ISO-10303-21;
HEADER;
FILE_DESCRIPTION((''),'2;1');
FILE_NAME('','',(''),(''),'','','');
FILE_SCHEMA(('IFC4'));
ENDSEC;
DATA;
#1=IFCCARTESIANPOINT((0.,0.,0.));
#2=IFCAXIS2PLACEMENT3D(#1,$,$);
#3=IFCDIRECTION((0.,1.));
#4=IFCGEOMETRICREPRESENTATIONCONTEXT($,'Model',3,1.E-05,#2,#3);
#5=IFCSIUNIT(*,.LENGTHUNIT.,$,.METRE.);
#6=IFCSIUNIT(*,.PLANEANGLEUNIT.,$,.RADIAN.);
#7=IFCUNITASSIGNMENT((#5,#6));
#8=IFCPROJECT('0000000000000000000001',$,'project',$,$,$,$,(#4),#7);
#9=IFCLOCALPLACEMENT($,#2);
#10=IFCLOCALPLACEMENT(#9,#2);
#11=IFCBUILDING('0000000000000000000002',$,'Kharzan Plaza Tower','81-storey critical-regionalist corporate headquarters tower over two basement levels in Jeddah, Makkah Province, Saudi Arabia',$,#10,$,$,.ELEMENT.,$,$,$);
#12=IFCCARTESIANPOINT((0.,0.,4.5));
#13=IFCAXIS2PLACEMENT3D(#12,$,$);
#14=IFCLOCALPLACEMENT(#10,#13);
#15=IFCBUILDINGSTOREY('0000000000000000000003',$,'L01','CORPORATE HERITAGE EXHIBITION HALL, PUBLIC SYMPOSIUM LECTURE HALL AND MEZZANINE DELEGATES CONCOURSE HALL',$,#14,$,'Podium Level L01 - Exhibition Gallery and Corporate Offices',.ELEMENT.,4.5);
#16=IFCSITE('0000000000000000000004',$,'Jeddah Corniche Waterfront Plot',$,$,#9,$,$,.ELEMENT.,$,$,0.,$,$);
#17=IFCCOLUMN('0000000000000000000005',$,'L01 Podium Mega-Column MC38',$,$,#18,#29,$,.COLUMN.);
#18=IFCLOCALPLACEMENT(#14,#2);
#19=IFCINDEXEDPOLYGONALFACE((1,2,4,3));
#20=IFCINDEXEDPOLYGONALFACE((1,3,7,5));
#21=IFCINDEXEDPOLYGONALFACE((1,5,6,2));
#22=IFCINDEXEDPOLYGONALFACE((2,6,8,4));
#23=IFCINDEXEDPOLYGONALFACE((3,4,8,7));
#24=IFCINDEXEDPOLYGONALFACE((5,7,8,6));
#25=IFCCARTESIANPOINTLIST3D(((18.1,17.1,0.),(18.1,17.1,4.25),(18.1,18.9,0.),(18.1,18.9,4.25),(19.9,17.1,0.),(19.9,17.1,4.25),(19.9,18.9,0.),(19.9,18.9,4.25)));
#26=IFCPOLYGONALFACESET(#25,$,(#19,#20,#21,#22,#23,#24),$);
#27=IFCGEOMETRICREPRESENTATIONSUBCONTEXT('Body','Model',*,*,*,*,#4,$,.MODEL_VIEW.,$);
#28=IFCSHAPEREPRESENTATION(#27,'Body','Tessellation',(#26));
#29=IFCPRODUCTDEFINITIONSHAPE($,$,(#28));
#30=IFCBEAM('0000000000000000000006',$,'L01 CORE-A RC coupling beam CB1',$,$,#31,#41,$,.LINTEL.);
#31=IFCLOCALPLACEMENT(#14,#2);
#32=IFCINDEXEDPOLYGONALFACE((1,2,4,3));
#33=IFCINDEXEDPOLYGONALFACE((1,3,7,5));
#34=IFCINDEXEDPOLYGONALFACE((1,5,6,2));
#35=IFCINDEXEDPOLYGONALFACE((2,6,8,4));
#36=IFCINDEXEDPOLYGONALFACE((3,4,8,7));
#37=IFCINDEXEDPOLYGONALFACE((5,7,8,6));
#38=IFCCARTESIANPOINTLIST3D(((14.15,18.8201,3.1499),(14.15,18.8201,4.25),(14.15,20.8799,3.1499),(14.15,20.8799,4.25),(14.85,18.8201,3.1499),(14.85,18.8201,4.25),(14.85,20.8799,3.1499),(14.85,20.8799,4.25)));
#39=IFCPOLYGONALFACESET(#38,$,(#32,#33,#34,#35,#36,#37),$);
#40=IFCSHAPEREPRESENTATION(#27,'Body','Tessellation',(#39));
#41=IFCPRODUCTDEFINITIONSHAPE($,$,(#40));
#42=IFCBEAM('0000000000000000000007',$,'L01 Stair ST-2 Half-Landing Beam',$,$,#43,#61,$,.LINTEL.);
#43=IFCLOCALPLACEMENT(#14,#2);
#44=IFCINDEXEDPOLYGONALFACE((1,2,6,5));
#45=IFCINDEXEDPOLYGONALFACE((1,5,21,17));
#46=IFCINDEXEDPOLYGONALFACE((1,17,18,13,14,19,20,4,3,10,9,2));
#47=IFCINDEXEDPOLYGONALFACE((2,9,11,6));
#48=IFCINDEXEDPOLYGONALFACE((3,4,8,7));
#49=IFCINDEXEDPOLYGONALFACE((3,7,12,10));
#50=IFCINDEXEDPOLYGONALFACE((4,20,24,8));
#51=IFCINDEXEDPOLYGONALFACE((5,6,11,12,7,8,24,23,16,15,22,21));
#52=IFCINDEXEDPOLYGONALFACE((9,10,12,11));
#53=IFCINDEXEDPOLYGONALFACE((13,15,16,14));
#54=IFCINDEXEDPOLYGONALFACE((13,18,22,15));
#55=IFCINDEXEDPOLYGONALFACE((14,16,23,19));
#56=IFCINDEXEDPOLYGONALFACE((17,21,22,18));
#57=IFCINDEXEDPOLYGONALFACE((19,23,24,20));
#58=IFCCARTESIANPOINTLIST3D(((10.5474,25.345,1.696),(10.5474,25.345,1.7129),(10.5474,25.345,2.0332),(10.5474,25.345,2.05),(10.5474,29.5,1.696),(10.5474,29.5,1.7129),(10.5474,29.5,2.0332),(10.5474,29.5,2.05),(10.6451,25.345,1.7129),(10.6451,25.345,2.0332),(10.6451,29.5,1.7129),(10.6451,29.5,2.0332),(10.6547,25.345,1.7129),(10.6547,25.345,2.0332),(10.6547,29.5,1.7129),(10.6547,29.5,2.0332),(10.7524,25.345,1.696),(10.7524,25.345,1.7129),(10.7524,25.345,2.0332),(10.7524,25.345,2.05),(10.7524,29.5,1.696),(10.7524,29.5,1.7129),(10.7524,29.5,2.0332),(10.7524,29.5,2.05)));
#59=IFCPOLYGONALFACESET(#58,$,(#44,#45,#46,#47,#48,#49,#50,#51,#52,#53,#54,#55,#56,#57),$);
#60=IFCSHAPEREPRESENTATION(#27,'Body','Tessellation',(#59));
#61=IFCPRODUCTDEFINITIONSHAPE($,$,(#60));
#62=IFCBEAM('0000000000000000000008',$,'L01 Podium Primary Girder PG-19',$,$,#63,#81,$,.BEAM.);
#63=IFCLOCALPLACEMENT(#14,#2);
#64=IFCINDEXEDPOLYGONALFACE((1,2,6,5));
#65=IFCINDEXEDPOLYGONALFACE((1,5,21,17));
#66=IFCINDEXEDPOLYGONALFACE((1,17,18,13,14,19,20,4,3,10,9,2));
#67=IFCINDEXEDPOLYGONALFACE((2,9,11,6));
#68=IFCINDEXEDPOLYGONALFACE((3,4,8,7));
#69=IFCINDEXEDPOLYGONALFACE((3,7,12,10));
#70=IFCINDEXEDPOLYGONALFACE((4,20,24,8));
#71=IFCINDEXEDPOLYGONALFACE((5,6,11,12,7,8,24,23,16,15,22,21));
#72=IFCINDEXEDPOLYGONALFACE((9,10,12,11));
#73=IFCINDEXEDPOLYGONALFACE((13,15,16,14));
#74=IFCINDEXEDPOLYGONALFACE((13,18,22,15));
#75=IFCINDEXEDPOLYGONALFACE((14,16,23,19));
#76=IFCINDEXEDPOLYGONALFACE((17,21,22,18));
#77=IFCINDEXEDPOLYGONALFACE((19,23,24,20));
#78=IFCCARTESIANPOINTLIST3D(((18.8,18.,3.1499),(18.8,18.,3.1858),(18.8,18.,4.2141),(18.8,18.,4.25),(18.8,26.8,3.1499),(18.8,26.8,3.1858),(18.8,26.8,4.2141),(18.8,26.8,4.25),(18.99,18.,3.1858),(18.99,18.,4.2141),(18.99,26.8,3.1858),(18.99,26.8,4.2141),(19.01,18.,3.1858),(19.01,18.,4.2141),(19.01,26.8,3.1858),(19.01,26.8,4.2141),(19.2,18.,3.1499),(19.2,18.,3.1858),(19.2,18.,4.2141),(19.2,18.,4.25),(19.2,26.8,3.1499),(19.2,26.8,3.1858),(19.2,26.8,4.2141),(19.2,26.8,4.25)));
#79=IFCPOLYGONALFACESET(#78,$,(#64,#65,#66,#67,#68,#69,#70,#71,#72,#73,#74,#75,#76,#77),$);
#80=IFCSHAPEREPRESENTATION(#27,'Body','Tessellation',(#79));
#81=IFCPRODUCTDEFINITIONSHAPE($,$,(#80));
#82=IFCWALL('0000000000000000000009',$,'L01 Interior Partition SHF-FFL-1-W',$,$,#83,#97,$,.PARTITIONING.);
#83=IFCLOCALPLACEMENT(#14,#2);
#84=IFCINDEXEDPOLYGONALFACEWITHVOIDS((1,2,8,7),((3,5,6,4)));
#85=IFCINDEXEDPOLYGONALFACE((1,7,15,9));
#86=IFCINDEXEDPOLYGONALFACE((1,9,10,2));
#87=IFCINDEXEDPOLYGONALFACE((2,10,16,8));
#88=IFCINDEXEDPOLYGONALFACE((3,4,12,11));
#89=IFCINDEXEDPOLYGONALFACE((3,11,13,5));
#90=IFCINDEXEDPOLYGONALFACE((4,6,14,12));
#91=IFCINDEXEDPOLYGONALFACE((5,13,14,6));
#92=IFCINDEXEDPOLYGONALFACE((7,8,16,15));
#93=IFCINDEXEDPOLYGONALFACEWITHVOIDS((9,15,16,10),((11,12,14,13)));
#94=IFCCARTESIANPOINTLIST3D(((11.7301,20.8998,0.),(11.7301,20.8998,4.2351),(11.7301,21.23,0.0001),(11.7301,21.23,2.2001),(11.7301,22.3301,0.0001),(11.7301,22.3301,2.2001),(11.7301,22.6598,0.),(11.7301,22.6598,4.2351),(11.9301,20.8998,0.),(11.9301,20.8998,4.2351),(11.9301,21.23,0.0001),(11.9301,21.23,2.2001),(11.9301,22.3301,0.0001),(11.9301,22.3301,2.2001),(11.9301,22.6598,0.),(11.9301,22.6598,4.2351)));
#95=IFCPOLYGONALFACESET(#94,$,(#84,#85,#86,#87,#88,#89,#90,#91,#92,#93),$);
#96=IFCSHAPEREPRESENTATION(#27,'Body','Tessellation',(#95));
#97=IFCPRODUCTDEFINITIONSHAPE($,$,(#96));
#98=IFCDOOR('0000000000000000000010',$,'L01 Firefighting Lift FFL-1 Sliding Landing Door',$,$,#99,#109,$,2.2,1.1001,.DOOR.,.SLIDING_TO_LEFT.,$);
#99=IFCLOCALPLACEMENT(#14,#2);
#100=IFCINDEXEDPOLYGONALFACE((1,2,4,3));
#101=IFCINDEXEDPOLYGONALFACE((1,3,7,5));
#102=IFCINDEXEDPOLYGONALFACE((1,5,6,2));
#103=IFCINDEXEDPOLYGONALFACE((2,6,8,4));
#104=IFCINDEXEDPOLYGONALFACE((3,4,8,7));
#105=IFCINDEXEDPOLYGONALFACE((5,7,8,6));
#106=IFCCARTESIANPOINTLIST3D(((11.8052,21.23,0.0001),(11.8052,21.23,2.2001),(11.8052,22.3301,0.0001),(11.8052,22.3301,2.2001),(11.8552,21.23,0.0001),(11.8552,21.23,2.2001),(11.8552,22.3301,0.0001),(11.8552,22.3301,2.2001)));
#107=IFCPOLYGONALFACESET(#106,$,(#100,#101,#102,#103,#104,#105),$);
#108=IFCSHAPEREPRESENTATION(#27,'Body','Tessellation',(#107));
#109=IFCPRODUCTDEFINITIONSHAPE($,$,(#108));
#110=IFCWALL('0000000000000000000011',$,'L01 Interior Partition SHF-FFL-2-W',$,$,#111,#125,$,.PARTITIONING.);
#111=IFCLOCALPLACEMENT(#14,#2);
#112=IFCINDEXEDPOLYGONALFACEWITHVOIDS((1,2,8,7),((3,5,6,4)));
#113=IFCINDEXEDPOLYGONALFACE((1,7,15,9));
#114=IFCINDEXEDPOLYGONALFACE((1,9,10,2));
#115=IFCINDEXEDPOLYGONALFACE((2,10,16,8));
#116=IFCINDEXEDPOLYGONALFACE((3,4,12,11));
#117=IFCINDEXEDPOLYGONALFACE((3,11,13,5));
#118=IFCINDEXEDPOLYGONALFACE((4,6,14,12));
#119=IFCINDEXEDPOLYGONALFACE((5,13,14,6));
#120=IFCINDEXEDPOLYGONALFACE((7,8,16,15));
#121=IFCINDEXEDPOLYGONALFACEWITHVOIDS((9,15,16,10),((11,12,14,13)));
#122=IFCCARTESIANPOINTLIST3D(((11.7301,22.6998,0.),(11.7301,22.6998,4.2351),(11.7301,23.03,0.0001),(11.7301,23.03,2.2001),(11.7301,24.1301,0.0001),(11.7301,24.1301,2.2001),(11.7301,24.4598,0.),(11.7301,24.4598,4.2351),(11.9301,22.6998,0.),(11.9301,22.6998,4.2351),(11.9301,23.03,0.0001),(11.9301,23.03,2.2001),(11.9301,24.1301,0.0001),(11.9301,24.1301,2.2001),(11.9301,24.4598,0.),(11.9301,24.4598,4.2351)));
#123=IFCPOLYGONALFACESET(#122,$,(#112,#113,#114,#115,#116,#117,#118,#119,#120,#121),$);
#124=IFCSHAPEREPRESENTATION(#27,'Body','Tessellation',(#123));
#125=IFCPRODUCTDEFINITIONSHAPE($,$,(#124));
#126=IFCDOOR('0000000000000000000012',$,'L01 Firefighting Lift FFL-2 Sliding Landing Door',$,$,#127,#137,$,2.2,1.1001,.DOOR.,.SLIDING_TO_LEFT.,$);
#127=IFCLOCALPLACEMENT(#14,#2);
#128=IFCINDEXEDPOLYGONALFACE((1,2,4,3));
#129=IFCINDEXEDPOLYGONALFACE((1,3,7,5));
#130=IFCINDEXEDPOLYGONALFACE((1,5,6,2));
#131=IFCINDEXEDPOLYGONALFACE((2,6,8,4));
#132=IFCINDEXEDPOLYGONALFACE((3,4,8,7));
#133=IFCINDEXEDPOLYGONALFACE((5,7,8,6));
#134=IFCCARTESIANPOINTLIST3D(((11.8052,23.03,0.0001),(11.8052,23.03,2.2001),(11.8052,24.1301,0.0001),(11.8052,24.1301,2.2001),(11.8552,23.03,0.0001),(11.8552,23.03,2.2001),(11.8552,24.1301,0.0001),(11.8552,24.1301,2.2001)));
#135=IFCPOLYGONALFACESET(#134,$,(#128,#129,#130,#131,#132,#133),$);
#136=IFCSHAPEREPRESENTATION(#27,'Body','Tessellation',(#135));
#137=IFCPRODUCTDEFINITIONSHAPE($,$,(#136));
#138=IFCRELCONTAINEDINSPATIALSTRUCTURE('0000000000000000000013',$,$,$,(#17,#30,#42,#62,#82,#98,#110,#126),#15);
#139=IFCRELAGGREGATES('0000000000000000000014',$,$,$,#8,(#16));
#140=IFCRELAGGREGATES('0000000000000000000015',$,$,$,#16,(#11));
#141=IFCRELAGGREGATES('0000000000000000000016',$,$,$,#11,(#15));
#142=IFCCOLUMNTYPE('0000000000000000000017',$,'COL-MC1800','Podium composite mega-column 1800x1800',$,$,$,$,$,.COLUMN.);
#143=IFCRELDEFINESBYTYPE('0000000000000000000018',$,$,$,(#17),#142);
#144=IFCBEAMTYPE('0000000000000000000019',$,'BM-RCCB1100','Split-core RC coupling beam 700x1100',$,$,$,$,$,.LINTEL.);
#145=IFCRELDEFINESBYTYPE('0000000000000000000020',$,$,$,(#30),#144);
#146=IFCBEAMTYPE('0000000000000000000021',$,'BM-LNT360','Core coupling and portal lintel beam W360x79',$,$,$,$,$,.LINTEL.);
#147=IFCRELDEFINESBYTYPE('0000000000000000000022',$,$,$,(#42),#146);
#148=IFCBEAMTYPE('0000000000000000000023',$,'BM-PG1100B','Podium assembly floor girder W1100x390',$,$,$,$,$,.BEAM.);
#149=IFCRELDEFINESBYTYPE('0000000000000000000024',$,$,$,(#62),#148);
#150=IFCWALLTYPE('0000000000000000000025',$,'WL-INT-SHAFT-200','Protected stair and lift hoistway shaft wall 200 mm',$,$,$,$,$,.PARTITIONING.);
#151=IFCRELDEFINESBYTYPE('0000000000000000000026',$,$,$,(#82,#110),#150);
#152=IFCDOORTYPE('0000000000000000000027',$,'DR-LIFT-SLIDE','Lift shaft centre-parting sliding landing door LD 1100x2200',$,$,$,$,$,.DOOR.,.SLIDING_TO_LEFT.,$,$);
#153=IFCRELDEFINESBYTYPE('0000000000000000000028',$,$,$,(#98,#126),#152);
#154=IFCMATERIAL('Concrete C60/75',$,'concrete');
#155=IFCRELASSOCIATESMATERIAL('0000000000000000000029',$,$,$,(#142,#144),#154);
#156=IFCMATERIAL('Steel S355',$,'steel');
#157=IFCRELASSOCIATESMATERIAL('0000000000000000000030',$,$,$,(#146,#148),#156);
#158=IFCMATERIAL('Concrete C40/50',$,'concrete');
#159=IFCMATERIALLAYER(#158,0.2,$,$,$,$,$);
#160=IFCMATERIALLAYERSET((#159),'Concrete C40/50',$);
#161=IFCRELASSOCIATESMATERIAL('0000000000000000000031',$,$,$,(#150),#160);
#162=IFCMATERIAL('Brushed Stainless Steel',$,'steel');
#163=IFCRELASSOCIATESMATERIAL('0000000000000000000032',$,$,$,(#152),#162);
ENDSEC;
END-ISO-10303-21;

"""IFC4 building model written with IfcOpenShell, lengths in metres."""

from ifc_helpers import new_model, si_unit, direction, frame, frame_2d, origin, origin_2d, place, context, subcontext, project, spatial, rectangle, i_section, extrude, source, transform, mapped, material, layer, layer_set, material_profile, profile_set, type_object, element, fill, save


model = new_model("IFC4")

# Units and contexts
model_context = context("Model", 3, precision=1e-05, world=origin(), true_north=direction((0.0, 1.0)))
body_context = subcontext(model_context, "Body", "Model", "MODEL_VIEW")
ifc_project = project(units=[si_unit("LENGTHUNIT", "METRE"), si_unit("PLANEANGLEUNIT", "RADIAN")], contexts=[model_context])

# Site, building, storey
site_placement = place(None, origin())
site = spatial("IfcSite", under=ifc_project, at=site_placement, Name="Jeddah Corniche Waterfront Plot", CompositionType="ELEMENT", RefElevation=0.0)
building_placement = place(site_placement, origin())
building = spatial("IfcBuilding", under=site, at=building_placement, Name="Kharzan Plaza Tower", Description="81-storey critical-regionalist corporate headquarters tower over two basement levels in Jeddah, Makkah Province, Saudi Arabia", CompositionType="ELEMENT")
storey_placement = place(building_placement, frame((0.0, 0.0, 4.5)))
storey = spatial("IfcBuildingStorey", under=building, at=storey_placement, Name="L01", Description="CORPORATE HERITAGE EXHIBITION HALL, PUBLIC SYMPOSIUM LECTURE HALL AND MEZZANINE DELEGATES CONCOURSE HALL", LongName="Podium Level L01 - Exhibition Gallery and Corporate Offices", CompositionType="ELEMENT", Elevation=4.5)

# Column
ifc_material_1 = material(Name="Concrete C60/75", Category="concrete")
ifc_material_profile_1 = material_profile(ifc_material_1, rectangle(XDim=1.8, YDim=1.8, at=origin_2d()), Name="RC-MC1800x1800")
ifc_profile_set_1 = profile_set([ifc_material_profile_1], Name="Concrete C60/75")
column_type = type_object("IfcColumnType", Name="COL-MC1800", Description="Podium composite mega-column 1800x1800", PredefinedType="COLUMN", material=ifc_profile_set_1)
shared_shape_1 = source(origin(), body_context, "Body", "SweptSolid", [
    extrude(rectangle(XDim=1.8, YDim=1.8, at=origin_2d()), origin(), (0.0, 0.0, 1.0), 4.25),
])
column_placement = place(storey_placement, frame((19.0, 18.0, 0.0), z_axis=(0.0, 0.0, 1.0), x_axis=(1.0, 0.0, 0.0)))
element("IfcColumn", 1, at=column_placement, inside=storey, type_object=column_type, Name="L01 Podium Mega-Column MC38", PredefinedType="COLUMN", context=body_context, shape_type="MappedRepresentation", body=[
    mapped(shared_shape_1, transform((0.0, 0.0, 0.0), x_axis=(1.0, 0.0, 0.0), y_axis=(0.0, 1.0, 0.0), z_axis=(0.0, 0.0, 1.0))),
])

# Beams
ifc_material_profile_2 = material_profile(ifc_material_1, rectangle(XDim=0.7, YDim=1.1001, at=origin_2d()), Name="RC-CB1100x700")
ifc_profile_set_2 = profile_set([ifc_material_profile_2], Name="Concrete C60/75")
beam_type_1 = type_object("IfcBeamType", Name="BM-RCCB1100", Description="Split-core RC coupling beam 700x1100", PredefinedType="LINTEL", material=ifc_profile_set_2)
shared_shape_2 = source(origin(), body_context, "Body", "SweptSolid", [
    extrude(rectangle(XDim=0.7, YDim=1.1001, at=origin_2d()), origin(), (0.0, 0.0, 1.0), 2.0598),
])
beam_1_placement = place(storey_placement, frame((14.5, 18.8201, 3.7), z_axis=(0.0, 1.0, 0.0), x_axis=(-1.0, 0.0, 0.0)))
element("IfcBeam", 2, at=beam_1_placement, inside=storey, type_object=beam_type_1, Name="L01 CORE-A RC coupling beam CB1", PredefinedType="LINTEL", context=body_context, shape_type="MappedRepresentation", body=[
    mapped(shared_shape_2, transform((0.0, 0.0, 0.0), x_axis=(1.0, 0.0, 0.0), y_axis=(0.0, 1.0, 0.0), z_axis=(0.0, 0.0, 1.0))),
])
ifc_material_2 = material(Name="Steel S355", Category="steel")
ifc_material_profile_3 = material_profile(ifc_material_2, i_section(OverallWidth=0.2051, OverallDepth=0.354, WebThickness=0.0095, FlangeThickness=0.0168, at=origin_2d()), Name="W360x79")
ifc_profile_set_3 = profile_set([ifc_material_profile_3], Name="Steel S355")
beam_type_2 = type_object("IfcBeamType", Name="BM-LNT360", Description="Core coupling and portal lintel beam W360x79", PredefinedType="LINTEL", material=ifc_profile_set_3)
shared_shape_3 = source(origin(), body_context, "Body", "SweptSolid", [
    extrude(i_section(OverallWidth=0.2051, OverallDepth=0.354, WebThickness=0.0095, FlangeThickness=0.0168, at=origin_2d()), origin(), (0.0, 0.0, 1.0), 4.155),
])
beam_2_placement = place(storey_placement, frame((10.6499, 25.345, 1.873), z_axis=(0.0, 1.0, 0.0), x_axis=(-1.0, 0.0, 0.0)))
element("IfcBeam", 3, at=beam_2_placement, inside=storey, type_object=beam_type_2, Name="L01 Stair ST-2 Half-Landing Beam", PredefinedType="LINTEL", context=body_context, shape_type="MappedRepresentation", body=[
    mapped(shared_shape_3, transform((0.0, 0.0, 0.0), x_axis=(1.0, 0.0, 0.0), y_axis=(0.0, 1.0, 0.0), z_axis=(0.0, 0.0, 1.0))),
])
ifc_material_profile_4 = material_profile(ifc_material_2, i_section(OverallWidth=0.3999, OverallDepth=1.1001, WebThickness=0.02, FlangeThickness=0.0359, at=origin_2d()), Name="W1100x390")
ifc_profile_set_4 = profile_set([ifc_material_profile_4], Name="Steel S355")
beam_type_3 = type_object("IfcBeamType", Name="BM-PG1100B", Description="Podium assembly floor girder W1100x390", PredefinedType="BEAM", material=ifc_profile_set_4)
shared_shape_4 = source(origin(), body_context, "Body", "SweptSolid", [
    extrude(i_section(OverallWidth=0.3999, OverallDepth=1.1001, WebThickness=0.02, FlangeThickness=0.0359, at=origin_2d()), origin(), (0.0, 0.0, 1.0), 8.8),
])
beam_3_placement = place(storey_placement, frame((19.0, 18.0, 3.7), z_axis=(0.0, 1.0, 0.0), x_axis=(-1.0, 0.0, 0.0)))
element("IfcBeam", 4, at=beam_3_placement, inside=storey, type_object=beam_type_3, Name="L01 Podium Primary Girder PG-19", PredefinedType="BEAM", context=body_context, shape_type="MappedRepresentation", body=[
    mapped(shared_shape_4, transform((0.0, 0.0, 0.0), x_axis=(1.0, 0.0, 0.0), y_axis=(0.0, 1.0, 0.0), z_axis=(0.0, 0.0, 1.0))),
])

# Walls, openings, doors
ifc_material_3 = material(Name="Concrete C40/50", Category="concrete")
ifc_layer_1 = layer(ifc_material_3, 0.2)
ifc_layer_set_1 = layer_set([ifc_layer_1], Name="Concrete C40/50")
wall_type_1 = type_object("IfcWallType", Name="WL-INT-SHAFT-200", Description="Protected stair and lift hoistway shaft wall 200 mm", PredefinedType="PARTITIONING", material=ifc_layer_set_1)
wall_1_placement = place(storey_placement, frame((11.8301, 20.8999, 0.0), z_axis=(0.0, 0.0, 1.0), x_axis=(0.0, 1.0, 0.0)))
wall_1 = element("IfcWall", 5, at=wall_1_placement, inside=storey, type_object=wall_type_1, Name="L01 Interior Partition SHF-FFL-1-W", PredefinedType="PARTITIONING", context=body_context, shape_type="SweptSolid", body=[
    extrude(rectangle(XDim=1.76, YDim=0.2, at=frame_2d((0.8799, 0.0))), origin(), (0.0, 0.0, 1.0), 4.2351),
])
opening_1_placement = place(wall_1_placement, frame((0.3301, 0.0, 0.0)))
opening_1 = element("IfcOpeningElement", 6, at=opening_1_placement, cuts=wall_1, PredefinedType="OPENING", context=body_context, shape_type="SweptSolid", body=[
    extrude(rectangle(XDim=1.1001, YDim=2.2, at=frame_2d((0.55, 1.1001))), frame((0.0, 0.1099, 0.0), z_axis=(0.0, -1.0, 0.0), x_axis=(1.0, 0.0, 0.0)), (0.0, 0.0, 1.0), 0.22),
])
ifc_material_4 = material(Name="Brushed Stainless Steel", Category="steel")
door_type = type_object("IfcDoorType", Name="DR-LIFT-SLIDE", Description="Lift shaft centre-parting sliding landing door LD 1100x2200", OperationType="SLIDING_TO_LEFT", PredefinedType="DOOR", material=ifc_material_4)
shared_shape_5 = source(origin(), body_context, "Body", "SweptSolid", [
    extrude(rectangle(XDim=1.1001, YDim=2.2, at=frame_2d((0.55, 1.1001))), frame((0.0, 0.0249, 0.0), z_axis=(0.0, -1.0, 0.0), x_axis=(1.0, 0.0, 0.0)), (0.0, 0.0, 1.0), 0.05),
])
door_1_placement = place(opening_1_placement, origin())
door_1 = element("IfcDoor", 7, at=door_1_placement, inside=storey, type_object=door_type, Name="L01 Firefighting Lift FFL-1 Sliding Landing Door", OperationType="SLIDING_TO_LEFT", OverallHeight=2.2, OverallWidth=1.1001, PredefinedType="DOOR", context=body_context, shape_type="MappedRepresentation", body=[
    mapped(shared_shape_5, transform((0.0, 0.0, 0.0), x_axis=(1.0, 0.0, 0.0), y_axis=(0.0, 1.0, 0.0), z_axis=(0.0, 0.0, 1.0))),
])
fill(opening_1, door_1)
wall_2_placement = place(storey_placement, frame((11.8301, 22.7, 0.0), z_axis=(0.0, 0.0, 1.0), x_axis=(0.0, 1.0, 0.0)))
wall_2 = element("IfcWall", 8, at=wall_2_placement, inside=storey, type_object=wall_type_1, Name="L01 Interior Partition SHF-FFL-2-W", PredefinedType="PARTITIONING", context=body_context, shape_type="SweptSolid", body=[
    extrude(rectangle(XDim=1.76, YDim=0.2, at=frame_2d((0.8799, 0.0))), origin(), (0.0, 0.0, 1.0), 4.2351),
])
opening_2_placement = place(wall_2_placement, frame((0.3301, 0.0, 0.0)))
opening_2 = element("IfcOpeningElement", 9, at=opening_2_placement, cuts=wall_2, PredefinedType="OPENING", context=body_context, shape_type="SweptSolid", body=[
    extrude(rectangle(XDim=1.1001, YDim=2.2, at=frame_2d((0.55, 1.1001))), frame((0.0, 0.1099, 0.0), z_axis=(0.0, -1.0, 0.0), x_axis=(1.0, 0.0, 0.0)), (0.0, 0.0, 1.0), 0.22),
])
door_2_placement = place(opening_2_placement, origin())
door_2 = element("IfcDoor", 10, at=door_2_placement, inside=storey, type_object=door_type, Name="L01 Firefighting Lift FFL-2 Sliding Landing Door", OperationType="SLIDING_TO_LEFT", OverallHeight=2.2, OverallWidth=1.1001, PredefinedType="DOOR", context=body_context, shape_type="MappedRepresentation", body=[
    mapped(shared_shape_5, transform((0.0, 0.0, 0.0), x_axis=(1.0, 0.0, 0.0), y_axis=(0.0, 1.0, 0.0), z_axis=(0.0, 0.0, 1.0))),
])
fill(opening_2, door_2)

save(model, "model.ifc")
